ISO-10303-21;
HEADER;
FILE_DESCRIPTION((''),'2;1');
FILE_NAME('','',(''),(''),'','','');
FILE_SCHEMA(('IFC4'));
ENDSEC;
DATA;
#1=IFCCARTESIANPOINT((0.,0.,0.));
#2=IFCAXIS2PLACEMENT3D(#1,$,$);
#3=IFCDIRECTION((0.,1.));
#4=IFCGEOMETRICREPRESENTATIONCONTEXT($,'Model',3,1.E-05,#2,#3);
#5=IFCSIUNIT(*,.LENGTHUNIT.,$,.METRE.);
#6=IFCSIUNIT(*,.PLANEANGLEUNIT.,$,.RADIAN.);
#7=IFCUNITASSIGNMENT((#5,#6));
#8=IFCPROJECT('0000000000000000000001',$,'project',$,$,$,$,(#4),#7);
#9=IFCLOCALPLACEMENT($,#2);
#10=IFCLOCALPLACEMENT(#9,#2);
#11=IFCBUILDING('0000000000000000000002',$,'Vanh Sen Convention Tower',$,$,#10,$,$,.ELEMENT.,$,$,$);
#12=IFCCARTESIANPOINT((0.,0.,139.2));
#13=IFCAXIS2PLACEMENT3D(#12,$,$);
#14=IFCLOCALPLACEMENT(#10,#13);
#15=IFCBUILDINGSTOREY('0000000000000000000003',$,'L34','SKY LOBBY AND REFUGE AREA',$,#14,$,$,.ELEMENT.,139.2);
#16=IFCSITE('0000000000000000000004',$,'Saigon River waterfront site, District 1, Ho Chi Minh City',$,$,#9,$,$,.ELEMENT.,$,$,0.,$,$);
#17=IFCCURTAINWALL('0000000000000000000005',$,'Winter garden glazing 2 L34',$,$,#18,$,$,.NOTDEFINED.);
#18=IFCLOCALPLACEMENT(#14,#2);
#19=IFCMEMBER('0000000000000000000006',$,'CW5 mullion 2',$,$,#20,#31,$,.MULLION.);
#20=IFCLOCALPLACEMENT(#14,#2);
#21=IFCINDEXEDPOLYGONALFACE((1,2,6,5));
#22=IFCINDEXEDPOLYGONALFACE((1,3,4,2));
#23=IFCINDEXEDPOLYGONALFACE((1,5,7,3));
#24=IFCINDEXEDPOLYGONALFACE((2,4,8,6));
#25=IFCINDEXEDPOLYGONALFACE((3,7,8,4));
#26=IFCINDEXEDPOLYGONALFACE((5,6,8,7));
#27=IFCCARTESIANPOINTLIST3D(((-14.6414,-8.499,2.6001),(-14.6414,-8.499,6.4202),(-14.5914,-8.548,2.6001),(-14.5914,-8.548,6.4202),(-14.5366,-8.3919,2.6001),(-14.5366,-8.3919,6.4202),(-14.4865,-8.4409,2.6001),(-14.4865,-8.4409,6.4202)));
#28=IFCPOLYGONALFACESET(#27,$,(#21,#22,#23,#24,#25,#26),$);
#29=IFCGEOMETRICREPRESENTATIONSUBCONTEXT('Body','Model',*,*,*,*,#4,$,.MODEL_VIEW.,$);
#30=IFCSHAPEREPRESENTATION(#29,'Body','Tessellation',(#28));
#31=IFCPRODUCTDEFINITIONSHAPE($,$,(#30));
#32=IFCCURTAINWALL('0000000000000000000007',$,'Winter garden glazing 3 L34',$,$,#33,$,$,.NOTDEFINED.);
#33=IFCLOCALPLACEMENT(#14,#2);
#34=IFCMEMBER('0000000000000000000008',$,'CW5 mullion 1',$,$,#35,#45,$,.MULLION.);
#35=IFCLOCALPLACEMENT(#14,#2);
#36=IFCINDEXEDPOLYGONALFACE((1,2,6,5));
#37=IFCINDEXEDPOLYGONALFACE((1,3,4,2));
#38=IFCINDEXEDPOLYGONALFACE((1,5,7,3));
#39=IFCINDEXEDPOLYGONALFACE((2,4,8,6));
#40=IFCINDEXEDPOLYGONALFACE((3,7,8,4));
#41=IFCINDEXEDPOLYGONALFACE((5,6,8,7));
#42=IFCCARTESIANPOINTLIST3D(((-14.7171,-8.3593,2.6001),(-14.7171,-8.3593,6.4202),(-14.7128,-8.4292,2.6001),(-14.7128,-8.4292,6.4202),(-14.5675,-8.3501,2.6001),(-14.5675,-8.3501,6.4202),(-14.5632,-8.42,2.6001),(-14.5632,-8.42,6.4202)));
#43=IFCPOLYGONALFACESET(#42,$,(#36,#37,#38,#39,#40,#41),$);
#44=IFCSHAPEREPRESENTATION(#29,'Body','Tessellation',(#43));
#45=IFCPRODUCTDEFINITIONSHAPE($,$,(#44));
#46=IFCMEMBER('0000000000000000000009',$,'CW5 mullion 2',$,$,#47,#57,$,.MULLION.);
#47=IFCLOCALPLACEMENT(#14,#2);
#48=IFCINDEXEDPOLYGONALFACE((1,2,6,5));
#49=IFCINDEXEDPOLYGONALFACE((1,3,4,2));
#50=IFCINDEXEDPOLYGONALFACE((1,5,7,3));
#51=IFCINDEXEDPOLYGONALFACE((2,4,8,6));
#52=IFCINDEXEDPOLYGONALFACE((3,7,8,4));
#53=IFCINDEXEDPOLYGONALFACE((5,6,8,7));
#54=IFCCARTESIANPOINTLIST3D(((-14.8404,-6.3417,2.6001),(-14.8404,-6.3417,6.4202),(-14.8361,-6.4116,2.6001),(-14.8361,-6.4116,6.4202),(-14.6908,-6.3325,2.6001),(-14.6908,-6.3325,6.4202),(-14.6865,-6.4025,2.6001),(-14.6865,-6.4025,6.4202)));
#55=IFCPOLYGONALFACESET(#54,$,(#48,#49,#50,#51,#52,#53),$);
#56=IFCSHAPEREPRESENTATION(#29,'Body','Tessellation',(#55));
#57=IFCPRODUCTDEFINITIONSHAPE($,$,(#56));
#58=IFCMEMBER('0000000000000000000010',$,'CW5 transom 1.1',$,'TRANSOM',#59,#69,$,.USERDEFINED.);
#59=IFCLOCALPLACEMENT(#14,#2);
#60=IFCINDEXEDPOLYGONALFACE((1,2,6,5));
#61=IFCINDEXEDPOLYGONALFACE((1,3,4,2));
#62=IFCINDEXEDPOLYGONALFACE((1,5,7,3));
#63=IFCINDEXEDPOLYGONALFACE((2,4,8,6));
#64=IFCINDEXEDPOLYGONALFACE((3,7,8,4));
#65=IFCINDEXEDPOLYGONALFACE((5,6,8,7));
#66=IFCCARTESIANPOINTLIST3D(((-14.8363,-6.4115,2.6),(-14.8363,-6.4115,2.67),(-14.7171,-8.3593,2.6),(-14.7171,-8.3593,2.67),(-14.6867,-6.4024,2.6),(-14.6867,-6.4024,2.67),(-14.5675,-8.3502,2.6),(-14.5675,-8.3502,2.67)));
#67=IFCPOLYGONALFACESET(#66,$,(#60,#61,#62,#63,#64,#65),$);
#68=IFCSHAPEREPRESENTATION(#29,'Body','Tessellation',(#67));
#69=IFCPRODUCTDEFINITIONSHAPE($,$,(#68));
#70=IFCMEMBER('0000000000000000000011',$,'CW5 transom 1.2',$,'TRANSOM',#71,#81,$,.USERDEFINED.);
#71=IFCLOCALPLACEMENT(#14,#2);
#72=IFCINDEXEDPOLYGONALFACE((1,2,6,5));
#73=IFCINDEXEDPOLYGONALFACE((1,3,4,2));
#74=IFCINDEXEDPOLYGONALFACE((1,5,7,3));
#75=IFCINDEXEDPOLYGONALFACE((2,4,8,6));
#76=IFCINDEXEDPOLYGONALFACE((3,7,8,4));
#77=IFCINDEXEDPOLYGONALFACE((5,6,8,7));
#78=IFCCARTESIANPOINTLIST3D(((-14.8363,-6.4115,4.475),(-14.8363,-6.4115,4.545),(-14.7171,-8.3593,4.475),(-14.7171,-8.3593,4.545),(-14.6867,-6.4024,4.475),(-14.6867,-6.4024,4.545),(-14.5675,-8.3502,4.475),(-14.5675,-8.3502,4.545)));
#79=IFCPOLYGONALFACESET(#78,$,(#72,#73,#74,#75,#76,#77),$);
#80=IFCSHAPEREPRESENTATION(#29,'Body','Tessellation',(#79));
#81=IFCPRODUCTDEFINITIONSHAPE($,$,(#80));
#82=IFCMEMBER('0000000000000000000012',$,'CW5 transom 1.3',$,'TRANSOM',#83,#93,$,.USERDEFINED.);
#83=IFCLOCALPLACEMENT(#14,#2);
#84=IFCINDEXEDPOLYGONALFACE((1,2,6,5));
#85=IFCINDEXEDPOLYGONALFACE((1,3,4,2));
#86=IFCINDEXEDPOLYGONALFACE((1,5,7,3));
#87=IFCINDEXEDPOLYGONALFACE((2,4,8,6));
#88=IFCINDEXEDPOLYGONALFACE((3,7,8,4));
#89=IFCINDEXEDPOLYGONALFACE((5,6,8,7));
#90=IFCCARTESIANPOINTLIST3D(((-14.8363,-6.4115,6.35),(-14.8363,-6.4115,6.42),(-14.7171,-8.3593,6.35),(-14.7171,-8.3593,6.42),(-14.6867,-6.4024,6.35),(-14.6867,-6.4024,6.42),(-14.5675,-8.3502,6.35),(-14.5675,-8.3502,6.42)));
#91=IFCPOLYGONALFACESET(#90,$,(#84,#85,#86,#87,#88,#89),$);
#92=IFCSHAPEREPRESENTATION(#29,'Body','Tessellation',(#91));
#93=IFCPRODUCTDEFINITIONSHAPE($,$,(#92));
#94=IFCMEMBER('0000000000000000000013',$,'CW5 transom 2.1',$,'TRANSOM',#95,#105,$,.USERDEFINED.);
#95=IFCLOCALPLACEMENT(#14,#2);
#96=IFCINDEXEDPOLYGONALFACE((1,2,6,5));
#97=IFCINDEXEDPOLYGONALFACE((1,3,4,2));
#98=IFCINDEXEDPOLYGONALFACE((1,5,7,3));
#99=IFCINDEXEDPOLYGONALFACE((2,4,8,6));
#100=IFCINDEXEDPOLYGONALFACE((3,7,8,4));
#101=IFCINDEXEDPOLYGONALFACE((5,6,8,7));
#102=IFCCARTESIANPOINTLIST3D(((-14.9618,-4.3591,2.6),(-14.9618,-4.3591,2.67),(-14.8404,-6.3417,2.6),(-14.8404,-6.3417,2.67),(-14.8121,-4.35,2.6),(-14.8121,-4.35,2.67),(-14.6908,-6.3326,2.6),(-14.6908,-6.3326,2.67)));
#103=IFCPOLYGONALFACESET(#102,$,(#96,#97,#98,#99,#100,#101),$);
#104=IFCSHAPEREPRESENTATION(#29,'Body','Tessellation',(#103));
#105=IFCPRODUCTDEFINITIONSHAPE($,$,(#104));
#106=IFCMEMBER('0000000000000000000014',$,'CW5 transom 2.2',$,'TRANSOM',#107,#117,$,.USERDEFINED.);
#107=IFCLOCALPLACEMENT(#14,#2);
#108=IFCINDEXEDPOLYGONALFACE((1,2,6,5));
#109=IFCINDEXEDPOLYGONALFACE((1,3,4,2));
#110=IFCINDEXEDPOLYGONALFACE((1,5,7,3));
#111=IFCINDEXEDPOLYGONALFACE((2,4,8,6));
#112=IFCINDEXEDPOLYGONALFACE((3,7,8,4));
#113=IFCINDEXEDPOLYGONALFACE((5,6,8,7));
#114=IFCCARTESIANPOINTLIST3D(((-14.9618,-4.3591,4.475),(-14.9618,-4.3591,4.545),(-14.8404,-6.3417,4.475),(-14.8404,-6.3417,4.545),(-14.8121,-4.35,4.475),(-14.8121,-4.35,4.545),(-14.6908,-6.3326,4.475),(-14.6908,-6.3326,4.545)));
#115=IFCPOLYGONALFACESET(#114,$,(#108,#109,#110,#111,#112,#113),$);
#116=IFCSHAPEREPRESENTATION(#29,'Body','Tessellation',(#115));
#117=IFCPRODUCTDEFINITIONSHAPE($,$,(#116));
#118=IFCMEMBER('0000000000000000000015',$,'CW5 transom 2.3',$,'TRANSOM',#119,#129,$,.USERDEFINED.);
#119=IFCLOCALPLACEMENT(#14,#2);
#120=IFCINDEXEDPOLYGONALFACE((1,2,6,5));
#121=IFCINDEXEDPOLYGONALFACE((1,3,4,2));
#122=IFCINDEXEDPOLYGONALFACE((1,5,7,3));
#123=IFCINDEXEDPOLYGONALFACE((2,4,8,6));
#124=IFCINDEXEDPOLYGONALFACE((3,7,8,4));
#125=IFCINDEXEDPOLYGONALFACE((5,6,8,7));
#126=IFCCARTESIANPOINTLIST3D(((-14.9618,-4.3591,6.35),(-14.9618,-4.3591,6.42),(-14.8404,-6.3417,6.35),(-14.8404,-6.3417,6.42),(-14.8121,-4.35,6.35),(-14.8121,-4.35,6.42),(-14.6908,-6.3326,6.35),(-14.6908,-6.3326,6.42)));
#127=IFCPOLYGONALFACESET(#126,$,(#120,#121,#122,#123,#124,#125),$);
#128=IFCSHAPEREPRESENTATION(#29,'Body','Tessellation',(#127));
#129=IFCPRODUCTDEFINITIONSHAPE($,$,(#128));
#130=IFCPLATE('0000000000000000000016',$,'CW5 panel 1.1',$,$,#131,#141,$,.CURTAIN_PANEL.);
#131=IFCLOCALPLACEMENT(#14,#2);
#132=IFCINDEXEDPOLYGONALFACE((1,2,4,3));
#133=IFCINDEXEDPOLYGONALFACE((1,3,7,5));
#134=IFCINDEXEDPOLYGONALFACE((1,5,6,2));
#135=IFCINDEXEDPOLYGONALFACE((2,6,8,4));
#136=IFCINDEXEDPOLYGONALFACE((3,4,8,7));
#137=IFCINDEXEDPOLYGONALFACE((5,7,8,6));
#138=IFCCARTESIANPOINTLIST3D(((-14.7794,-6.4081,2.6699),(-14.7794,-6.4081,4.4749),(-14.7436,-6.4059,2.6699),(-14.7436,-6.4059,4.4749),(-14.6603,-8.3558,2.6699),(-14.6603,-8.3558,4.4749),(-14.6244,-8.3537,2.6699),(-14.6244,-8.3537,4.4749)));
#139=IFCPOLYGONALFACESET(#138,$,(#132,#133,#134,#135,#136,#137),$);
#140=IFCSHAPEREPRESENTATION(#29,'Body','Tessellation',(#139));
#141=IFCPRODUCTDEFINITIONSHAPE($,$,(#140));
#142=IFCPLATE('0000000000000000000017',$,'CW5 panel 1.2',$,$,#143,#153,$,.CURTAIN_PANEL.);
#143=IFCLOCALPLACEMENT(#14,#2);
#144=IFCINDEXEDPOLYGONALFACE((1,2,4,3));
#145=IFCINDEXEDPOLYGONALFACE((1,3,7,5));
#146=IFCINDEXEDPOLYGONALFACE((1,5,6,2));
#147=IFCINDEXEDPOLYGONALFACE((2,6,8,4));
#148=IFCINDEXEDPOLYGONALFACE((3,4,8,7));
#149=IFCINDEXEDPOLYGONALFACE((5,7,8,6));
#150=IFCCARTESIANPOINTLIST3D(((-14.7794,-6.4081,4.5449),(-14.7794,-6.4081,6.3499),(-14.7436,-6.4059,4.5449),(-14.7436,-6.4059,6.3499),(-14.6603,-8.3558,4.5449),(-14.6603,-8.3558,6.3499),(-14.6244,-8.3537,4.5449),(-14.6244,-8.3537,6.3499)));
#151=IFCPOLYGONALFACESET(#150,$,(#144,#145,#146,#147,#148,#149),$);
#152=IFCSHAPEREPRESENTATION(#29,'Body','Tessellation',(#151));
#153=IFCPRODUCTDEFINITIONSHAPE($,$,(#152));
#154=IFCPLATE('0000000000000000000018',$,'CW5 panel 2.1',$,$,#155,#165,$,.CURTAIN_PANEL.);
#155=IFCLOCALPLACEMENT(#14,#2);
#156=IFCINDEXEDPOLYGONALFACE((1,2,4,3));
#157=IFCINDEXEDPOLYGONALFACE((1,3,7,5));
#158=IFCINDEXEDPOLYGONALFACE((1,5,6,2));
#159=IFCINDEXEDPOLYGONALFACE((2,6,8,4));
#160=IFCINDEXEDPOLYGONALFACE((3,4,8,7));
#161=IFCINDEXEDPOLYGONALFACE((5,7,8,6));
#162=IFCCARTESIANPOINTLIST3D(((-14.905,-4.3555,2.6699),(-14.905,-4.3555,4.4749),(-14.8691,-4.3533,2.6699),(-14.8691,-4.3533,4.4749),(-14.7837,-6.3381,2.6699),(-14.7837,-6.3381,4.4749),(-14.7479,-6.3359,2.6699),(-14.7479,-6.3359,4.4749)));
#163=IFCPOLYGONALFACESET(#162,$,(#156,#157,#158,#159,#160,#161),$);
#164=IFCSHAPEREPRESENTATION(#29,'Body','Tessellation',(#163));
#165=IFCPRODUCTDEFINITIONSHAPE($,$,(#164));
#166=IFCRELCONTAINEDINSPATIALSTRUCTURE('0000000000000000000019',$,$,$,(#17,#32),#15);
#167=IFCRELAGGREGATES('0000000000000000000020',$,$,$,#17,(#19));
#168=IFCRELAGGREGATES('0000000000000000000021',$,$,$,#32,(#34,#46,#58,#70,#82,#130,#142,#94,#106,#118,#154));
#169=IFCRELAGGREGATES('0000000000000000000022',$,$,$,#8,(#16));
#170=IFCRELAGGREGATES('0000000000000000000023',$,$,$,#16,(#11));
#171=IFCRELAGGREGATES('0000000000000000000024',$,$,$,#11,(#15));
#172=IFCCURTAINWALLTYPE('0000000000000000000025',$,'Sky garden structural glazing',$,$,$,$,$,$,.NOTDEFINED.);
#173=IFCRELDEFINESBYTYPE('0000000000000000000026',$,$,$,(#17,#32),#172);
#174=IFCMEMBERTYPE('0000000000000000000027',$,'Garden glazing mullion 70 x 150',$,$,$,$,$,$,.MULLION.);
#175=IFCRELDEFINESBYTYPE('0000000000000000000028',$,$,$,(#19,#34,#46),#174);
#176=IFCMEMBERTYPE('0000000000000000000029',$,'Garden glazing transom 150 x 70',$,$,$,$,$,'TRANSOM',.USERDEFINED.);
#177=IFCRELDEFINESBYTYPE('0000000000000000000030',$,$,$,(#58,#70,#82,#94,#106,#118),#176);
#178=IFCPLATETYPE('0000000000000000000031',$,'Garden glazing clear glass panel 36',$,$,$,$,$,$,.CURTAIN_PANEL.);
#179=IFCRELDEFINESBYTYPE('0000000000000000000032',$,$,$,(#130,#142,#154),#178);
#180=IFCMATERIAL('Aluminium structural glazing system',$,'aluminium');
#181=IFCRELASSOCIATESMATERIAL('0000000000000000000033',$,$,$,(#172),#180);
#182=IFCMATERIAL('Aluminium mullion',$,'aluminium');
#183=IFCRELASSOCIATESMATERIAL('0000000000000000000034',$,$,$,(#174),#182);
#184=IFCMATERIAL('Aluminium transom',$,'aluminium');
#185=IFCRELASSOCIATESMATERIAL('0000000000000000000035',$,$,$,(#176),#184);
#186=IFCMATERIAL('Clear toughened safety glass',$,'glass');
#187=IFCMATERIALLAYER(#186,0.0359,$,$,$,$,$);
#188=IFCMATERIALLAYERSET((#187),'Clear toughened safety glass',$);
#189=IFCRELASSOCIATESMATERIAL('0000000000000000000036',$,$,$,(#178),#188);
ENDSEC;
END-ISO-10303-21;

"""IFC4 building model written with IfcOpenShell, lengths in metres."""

from ifc_helpers import new_model, si_unit, direction, frame, origin, origin_2d, place, context, subcontext, project, spatial, rectangle, extrude, material, layer, layer_set, material_profile, profile_set, type_object, element, aggregate, save


model = new_model("IFC4")

# Units and contexts
model_context = context("Model", 3, precision=1e-05, world=origin(), true_north=direction((0.0, 1.0)))
body_context = subcontext(model_context, "Body", "Model", "MODEL_VIEW")
ifc_project = project(units=[si_unit("LENGTHUNIT", "METRE"), si_unit("PLANEANGLEUNIT", "RADIAN")], contexts=[model_context])

# Site, building, storey
site_placement = place(None, origin())
site = spatial("IfcSite", under=ifc_project, at=site_placement, Name="Saigon River waterfront site, District 1, Ho Chi Minh City", CompositionType="ELEMENT", RefElevation=0.0)
building_placement = place(site_placement, origin())
building = spatial("IfcBuilding", under=site, at=building_placement, Name="Vanh Sen Convention Tower", CompositionType="ELEMENT")
storey_placement = place(building_placement, frame((0.0, 0.0, 139.2)))
storey = spatial("IfcBuildingStorey", under=building, at=storey_placement, Name="L34", Description="SKY LOBBY AND REFUGE AREA", CompositionType="ELEMENT", Elevation=139.2)

# Curtain wall, member
ifc_material_1 = material(Name="Aluminium structural glazing system", Category="aluminium")
curtain_wall_type = type_object("IfcCurtainWallType", Name="Sky garden structural glazing", PredefinedType="NOTDEFINED", material=ifc_material_1)
curtain_wall_1_placement = place(storey_placement, origin())
curtain_wall_1 = element("IfcCurtainWall", 1, at=curtain_wall_1_placement, inside=storey, type_object=curtain_wall_type, Name="Winter garden glazing 2 L34", PredefinedType="NOTDEFINED")
ifc_material_2 = material(Name="Aluminium mullion", Category="aluminium")
ifc_material_profile_1 = material_profile(ifc_material_2, rectangle(XDim=0.1499, YDim=0.0701, at=origin_2d()), Name="Garden glazing mullion 70 x 150")
ifc_profile_set_1 = profile_set([ifc_material_profile_1], Name="Aluminium mullion")
member_type_1 = type_object("IfcMemberType", Name="Garden glazing mullion 70 x 150", PredefinedType="MULLION", material=ifc_profile_set_1)
member_1_placement = place(storey_placement, frame((-14.564, -8.47, 2.6001), z_axis=(0.0, 0.0, 1.0), x_axis=(-0.699666, -0.71447, 0.0)))
member_1 = element("IfcMember", 2, at=member_1_placement, type_object=member_type_1, Name="CW5 mullion 2", PredefinedType="MULLION", context=body_context, shape_type="SweptSolid", body=[
    extrude(rectangle(XDim=0.1499, YDim=0.0701, at=origin_2d()), origin(), (0.0, 0.0, 1.0), 3.8201),
])
aggregate(curtain_wall_1, [member_1])

# Curtain wall, members, plates
curtain_wall_2_placement = place(storey_placement, origin())
curtain_wall_2 = element("IfcCurtainWall", 3, at=curtain_wall_2_placement, inside=storey, type_object=curtain_wall_type, Name="Winter garden glazing 3 L34", PredefinedType="NOTDEFINED")
member_2_placement = place(storey_placement, frame((-14.6401, -8.3896, 2.6001), z_axis=(0.0, 0.0, 1.0), x_axis=(-0.998135, -0.061047, 0.0)))
member_2 = element("IfcMember", 4, at=member_2_placement, type_object=member_type_1, Name="CW5 mullion 1", PredefinedType="MULLION", context=body_context, shape_type="SweptSolid", body=[
    extrude(rectangle(XDim=0.1499, YDim=0.0701, at=origin_2d()), origin(), (0.0, 0.0, 1.0), 3.8201),
])
member_3_placement = place(storey_placement, frame((-14.7634, -6.3721, 2.6001), z_axis=(0.0, 0.0, 1.0), x_axis=(-0.998135, -0.061047, 0.0)))
member_3 = element("IfcMember", 5, at=member_3_placement, type_object=member_type_1, Name="CW5 mullion 2", PredefinedType="MULLION", context=body_context, shape_type="SweptSolid", body=[
    extrude(rectangle(XDim=0.1499, YDim=0.0701, at=origin_2d()), origin(), (0.0, 0.0, 1.0), 3.8201),
])
ifc_material_3 = material(Name="Aluminium transom", Category="aluminium")
ifc_material_profile_2 = material_profile(ifc_material_3, rectangle(XDim=0.1499, YDim=0.0701, at=origin_2d()), Name="Garden glazing transom 150 x 70")
ifc_profile_set_2 = profile_set([ifc_material_profile_2], Name="Aluminium transom")
member_type_2 = type_object("IfcMemberType", Name="Garden glazing transom 150 x 70", ElementType="TRANSOM", PredefinedType="USERDEFINED", material=ifc_profile_set_2)
member_4_placement = place(storey_placement, frame((-14.6423, -8.3547, 2.635), z_axis=(-0.061054, 0.998134, 0.0), x_axis=(-0.998134, -0.061054, 0.0)))
member_4 = element("IfcMember", 6, at=member_4_placement, type_object=member_type_2, Name="CW5 transom 1.1", ObjectType="TRANSOM", PredefinedType="USERDEFINED", context=body_context, shape_type="SweptSolid", body=[
    extrude(rectangle(XDim=0.1499, YDim=0.0701, at=origin_2d()), origin(), (0.0, 0.0, 1.0), 1.9514),
])
member_5_placement = place(storey_placement, frame((-14.6423, -8.3547, 4.51), z_axis=(-0.061054, 0.998134, 0.0), x_axis=(-0.998134, -0.061054, 0.0)))
member_5 = element("IfcMember", 7, at=member_5_placement, type_object=member_type_2, Name="CW5 transom 1.2", ObjectType="TRANSOM", PredefinedType="USERDEFINED", context=body_context, shape_type="SweptSolid", body=[
    extrude(rectangle(XDim=0.1499, YDim=0.0701, at=origin_2d()), origin(), (0.0, 0.0, 1.0), 1.9514),
])
member_6_placement = place(storey_placement, frame((-14.6423, -8.3547, 6.385), z_axis=(-0.061054, 0.998134, 0.0), x_axis=(-0.998134, -0.061054, 0.0)))
member_6 = element("IfcMember", 8, at=member_6_placement, type_object=member_type_2, Name="CW5 transom 1.3", ObjectType="TRANSOM", PredefinedType="USERDEFINED", context=body_context, shape_type="SweptSolid", body=[
    extrude(rectangle(XDim=0.1499, YDim=0.0701, at=origin_2d()), origin(), (0.0, 0.0, 1.0), 1.9514),
])
member_7_placement = place(storey_placement, frame((-14.7656, -6.3372, 2.635), z_axis=(-0.061085, 0.998133, 0.0), x_axis=(-0.998133, -0.061085, 0.0)))
member_7 = element("IfcMember", 9, at=member_7_placement, type_object=member_type_2, Name="CW5 transom 2.1", ObjectType="TRANSOM", PredefinedType="USERDEFINED", context=body_context, shape_type="SweptSolid", body=[
    extrude(rectangle(XDim=0.1499, YDim=0.0701, at=origin_2d()), origin(), (0.0, 0.0, 1.0), 1.9863),
])
member_8_placement = place(storey_placement, frame((-14.7656, -6.3372, 4.51), z_axis=(-0.061085, 0.998133, 0.0), x_axis=(-0.998133, -0.061085, 0.0)))
member_8 = element("IfcMember", 10, at=member_8_placement, type_object=member_type_2, Name="CW5 transom 2.2", ObjectType="TRANSOM", PredefinedType="USERDEFINED", context=body_context, shape_type="SweptSolid", body=[
    extrude(rectangle(XDim=0.1499, YDim=0.0701, at=origin_2d()), origin(), (0.0, 0.0, 1.0), 1.9863),
])
member_9_placement = place(storey_placement, frame((-14.7656, -6.3372, 6.385), z_axis=(-0.061085, 0.998133, 0.0), x_axis=(-0.998133, -0.061085, 0.0)))
member_9 = element("IfcMember", 11, at=member_9_placement, type_object=member_type_2, Name="CW5 transom 2.3", ObjectType="TRANSOM", PredefinedType="USERDEFINED", context=body_context, shape_type="SweptSolid", body=[
    extrude(rectangle(XDim=0.1499, YDim=0.0701, at=origin_2d()), origin(), (0.0, 0.0, 1.0), 1.9863),
])
ifc_material_4 = material(Name="Clear toughened safety glass", Category="glass")
ifc_layer_1 = layer(ifc_material_4, 0.0359)
ifc_layer_set_1 = layer_set([ifc_layer_1], Name="Clear toughened safety glass")
plate_type = type_object("IfcPlateType", Name="Garden glazing clear glass panel 36", PredefinedType="CURTAIN_PANEL", material=ifc_layer_set_1)
plate_1_placement = place(storey_placement, frame((-14.7019, -7.3809, 2.6699), z_axis=(0.0, 0.0, 1.0), x_axis=(-0.061047, 0.998135, 0.0)))
plate_1 = element("IfcPlate", 12, at=plate_1_placement, type_object=plate_type, Name="CW5 panel 1.1", PredefinedType="CURTAIN_PANEL", context=body_context, shape_type="SweptSolid", body=[
    extrude(rectangle(XDim=1.9514, YDim=0.0359, at=origin_2d()), origin(), (0.0, 0.0, 1.0), 1.8049),
])
plate_2_placement = place(storey_placement, frame((-14.7019, -7.3809, 4.5449), z_axis=(0.0, 0.0, 1.0), x_axis=(-0.061047, 0.998135, 0.0)))
plate_2 = element("IfcPlate", 13, at=plate_2_placement, type_object=plate_type, Name="CW5 panel 1.2", PredefinedType="CURTAIN_PANEL", context=body_context, shape_type="SweptSolid", body=[
    extrude(rectangle(XDim=1.9514, YDim=0.0359, at=origin_2d()), origin(), (0.0, 0.0, 1.0), 1.8049),
])
plate_3_placement = place(storey_placement, frame((-14.8264, -5.3457, 2.6699), z_axis=(0.0, 0.0, 1.0), x_axis=(-0.061047, 0.998135, 0.0)))
plate_3 = element("IfcPlate", 14, at=plate_3_placement, type_object=plate_type, Name="CW5 panel 2.1", PredefinedType="CURTAIN_PANEL", context=body_context, shape_type="SweptSolid", body=[
    extrude(rectangle(XDim=1.9863, YDim=0.0359, at=origin_2d()), origin(), (0.0, 0.0, 1.0), 1.8049),
])
aggregate(curtain_wall_2, [member_2, member_3, member_4, member_5, member_6, plate_1, plate_2, member_7, member_8, member_9, plate_3])

save(model, "model.ifc")
